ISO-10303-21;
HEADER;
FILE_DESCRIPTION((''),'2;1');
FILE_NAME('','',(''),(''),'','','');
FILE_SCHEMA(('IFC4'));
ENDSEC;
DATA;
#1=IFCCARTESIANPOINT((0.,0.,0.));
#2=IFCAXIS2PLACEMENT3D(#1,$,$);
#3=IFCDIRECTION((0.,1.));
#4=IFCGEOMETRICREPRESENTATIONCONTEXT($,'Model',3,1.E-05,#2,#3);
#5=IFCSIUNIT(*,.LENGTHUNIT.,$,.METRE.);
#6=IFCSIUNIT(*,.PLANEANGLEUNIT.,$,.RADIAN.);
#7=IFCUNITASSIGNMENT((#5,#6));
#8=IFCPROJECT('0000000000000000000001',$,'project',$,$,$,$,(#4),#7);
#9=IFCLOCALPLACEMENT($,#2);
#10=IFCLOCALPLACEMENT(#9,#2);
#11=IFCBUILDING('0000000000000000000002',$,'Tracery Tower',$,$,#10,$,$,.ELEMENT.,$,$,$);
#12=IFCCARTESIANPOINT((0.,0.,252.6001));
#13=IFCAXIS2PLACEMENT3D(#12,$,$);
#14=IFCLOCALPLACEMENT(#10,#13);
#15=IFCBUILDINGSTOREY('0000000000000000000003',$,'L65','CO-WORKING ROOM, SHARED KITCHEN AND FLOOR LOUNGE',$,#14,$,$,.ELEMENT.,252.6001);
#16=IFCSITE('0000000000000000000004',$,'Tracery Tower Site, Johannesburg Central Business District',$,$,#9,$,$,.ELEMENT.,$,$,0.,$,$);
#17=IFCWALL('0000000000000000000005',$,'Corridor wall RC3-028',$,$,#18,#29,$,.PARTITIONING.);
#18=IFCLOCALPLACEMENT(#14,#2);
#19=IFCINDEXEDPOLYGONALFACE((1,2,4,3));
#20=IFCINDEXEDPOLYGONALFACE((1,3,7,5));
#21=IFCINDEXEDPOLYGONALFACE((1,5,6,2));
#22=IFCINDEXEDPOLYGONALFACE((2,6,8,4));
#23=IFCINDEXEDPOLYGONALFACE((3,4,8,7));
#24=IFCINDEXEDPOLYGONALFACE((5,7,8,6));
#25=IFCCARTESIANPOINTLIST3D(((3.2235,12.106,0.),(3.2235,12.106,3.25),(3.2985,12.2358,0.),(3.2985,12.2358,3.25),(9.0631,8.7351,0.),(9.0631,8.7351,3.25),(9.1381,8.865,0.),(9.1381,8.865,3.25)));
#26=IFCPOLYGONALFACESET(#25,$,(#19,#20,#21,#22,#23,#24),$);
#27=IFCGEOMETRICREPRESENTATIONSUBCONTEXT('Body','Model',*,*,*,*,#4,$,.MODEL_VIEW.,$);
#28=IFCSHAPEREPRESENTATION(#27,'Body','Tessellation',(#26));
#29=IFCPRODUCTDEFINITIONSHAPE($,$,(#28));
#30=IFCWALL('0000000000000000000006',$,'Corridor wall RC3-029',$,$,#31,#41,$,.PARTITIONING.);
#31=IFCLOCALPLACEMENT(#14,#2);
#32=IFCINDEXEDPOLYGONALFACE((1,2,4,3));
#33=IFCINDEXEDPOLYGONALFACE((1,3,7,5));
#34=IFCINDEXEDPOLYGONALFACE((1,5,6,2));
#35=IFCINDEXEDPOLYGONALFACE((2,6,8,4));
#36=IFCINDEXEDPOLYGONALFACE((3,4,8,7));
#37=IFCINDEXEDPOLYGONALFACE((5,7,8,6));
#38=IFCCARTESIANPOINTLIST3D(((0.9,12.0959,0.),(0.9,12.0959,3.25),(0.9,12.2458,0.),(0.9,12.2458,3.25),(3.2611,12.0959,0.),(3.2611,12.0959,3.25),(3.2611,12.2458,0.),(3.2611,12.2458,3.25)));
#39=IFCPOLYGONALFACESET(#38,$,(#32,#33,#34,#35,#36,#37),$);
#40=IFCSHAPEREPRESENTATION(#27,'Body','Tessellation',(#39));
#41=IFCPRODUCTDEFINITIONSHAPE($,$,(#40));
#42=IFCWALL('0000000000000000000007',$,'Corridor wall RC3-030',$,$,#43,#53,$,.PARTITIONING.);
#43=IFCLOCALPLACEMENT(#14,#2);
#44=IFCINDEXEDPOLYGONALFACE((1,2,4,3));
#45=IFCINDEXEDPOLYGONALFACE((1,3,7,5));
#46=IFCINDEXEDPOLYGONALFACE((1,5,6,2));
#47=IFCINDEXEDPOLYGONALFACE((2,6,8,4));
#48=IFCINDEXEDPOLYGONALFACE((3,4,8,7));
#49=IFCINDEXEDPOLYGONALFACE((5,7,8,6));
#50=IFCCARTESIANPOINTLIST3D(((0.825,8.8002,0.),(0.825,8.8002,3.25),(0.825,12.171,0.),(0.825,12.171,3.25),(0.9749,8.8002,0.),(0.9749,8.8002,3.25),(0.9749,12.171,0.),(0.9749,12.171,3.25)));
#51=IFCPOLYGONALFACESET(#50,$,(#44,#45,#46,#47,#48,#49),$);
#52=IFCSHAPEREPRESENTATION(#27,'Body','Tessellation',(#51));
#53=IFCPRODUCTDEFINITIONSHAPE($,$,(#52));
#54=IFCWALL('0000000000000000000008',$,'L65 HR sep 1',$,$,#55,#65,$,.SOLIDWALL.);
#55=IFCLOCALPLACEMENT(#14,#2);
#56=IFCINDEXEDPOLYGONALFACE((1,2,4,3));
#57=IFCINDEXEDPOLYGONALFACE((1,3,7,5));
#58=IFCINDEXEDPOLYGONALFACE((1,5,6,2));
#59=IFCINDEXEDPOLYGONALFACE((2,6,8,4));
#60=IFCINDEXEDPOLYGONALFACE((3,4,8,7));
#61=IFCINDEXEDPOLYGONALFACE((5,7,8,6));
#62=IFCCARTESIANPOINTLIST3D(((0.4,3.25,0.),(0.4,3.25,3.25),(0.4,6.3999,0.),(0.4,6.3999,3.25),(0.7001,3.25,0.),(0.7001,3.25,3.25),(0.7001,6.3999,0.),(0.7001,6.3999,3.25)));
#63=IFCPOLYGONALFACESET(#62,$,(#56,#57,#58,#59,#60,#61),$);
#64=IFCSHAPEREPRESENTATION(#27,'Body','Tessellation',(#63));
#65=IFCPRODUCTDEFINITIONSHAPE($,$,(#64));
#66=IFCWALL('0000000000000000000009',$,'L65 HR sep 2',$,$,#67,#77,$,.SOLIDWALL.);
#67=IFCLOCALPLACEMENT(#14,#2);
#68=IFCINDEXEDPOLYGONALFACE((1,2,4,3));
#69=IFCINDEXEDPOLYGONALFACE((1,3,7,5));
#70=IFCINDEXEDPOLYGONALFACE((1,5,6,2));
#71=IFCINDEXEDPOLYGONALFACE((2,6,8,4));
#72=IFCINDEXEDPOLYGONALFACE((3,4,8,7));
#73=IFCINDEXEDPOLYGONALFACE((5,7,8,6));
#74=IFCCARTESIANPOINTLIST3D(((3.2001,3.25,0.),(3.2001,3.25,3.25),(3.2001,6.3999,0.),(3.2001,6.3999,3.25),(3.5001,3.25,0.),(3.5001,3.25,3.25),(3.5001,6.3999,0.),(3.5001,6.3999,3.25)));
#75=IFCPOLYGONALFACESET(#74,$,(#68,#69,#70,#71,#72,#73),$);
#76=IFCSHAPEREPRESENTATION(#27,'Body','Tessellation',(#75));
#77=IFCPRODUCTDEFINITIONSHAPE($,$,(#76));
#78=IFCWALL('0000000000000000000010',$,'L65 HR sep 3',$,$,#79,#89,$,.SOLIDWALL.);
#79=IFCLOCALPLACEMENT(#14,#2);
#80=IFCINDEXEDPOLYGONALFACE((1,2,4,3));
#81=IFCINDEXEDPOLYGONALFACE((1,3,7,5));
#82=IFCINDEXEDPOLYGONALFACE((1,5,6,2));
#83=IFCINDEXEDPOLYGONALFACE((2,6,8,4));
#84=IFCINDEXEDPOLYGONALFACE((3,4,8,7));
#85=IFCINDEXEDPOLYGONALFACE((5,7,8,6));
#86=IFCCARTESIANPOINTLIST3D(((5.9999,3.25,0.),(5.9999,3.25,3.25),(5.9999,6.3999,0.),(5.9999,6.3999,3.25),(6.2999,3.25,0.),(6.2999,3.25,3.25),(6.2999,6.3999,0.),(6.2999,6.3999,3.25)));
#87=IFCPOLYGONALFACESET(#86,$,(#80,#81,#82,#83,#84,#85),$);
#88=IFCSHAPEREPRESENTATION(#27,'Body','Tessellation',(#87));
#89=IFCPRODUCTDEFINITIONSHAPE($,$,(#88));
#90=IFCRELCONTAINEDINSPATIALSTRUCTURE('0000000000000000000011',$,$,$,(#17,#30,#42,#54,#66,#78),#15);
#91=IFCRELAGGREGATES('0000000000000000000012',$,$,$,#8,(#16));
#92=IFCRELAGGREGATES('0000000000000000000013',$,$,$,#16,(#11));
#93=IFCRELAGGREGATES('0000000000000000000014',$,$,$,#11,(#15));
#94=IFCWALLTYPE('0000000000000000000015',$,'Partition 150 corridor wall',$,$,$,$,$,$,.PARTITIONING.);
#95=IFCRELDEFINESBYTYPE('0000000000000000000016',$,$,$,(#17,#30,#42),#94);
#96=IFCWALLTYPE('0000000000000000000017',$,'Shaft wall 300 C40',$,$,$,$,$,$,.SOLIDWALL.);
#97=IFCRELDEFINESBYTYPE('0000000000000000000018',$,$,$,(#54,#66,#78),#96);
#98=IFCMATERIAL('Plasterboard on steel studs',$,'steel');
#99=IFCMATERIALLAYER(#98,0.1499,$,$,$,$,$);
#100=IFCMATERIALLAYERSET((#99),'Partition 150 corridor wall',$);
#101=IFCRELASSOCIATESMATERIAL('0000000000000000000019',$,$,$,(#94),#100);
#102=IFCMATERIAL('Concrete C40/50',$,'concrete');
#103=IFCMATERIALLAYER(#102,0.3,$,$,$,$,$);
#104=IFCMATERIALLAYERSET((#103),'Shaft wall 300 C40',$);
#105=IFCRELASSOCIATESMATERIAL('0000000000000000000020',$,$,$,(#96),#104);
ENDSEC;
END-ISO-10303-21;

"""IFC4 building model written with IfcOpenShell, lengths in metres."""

from ifc_helpers import new_model, si_unit, direction, frame, frame_2d, origin, place, context, subcontext, project, spatial, rectangle, extrude, material, layer, layer_set, type_object, element, save


model = new_model("IFC4")

# Units and contexts
model_context = context("Model", 3, precision=1e-05, world=origin(), true_north=direction((0.0, 1.0)))
body_context = subcontext(model_context, "Body", "Model", "MODEL_VIEW")
ifc_project = project(units=[si_unit("LENGTHUNIT", "METRE"), si_unit("PLANEANGLEUNIT", "RADIAN")], contexts=[model_context])

# Site, building, storey
site_placement = place(None, origin())
site = spatial("IfcSite", under=ifc_project, at=site_placement, Name="Tracery Tower Site, Johannesburg Central Business District", CompositionType="ELEMENT", RefElevation=0.0)
building_placement = place(site_placement, origin())
building = spatial("IfcBuilding", under=site, at=building_placement, Name="Tracery Tower", CompositionType="ELEMENT")
storey_placement = place(building_placement, frame((0.0, 0.0, 252.6001)))
storey = spatial("IfcBuildingStorey", under=building, at=storey_placement, Name="L65", Description="CO-WORKING ROOM, SHARED KITCHEN AND FLOOR LOUNGE", CompositionType="ELEMENT", Elevation=252.6001)

# Shared definitions
ifc_material_1 = material(Name="Plasterboard on steel studs", Category="steel")
ifc_layer_1 = layer(ifc_material_1, 0.1499)
ifc_layer_set_1 = layer_set([ifc_layer_1], Name="Partition 150 corridor wall")
wall_type_1 = type_object("IfcWallType", Name="Partition 150 corridor wall", PredefinedType="PARTITIONING", material=ifc_layer_set_1)

# Walls
wall_1_placement = place(storey_placement, frame((3.261, 12.1709, 0.0), z_axis=(0.0, 0.0, 1.0), x_axis=(0.866067, -0.499928, 0.0)))
element("IfcWall", 1, at=wall_1_placement, inside=storey, type_object=wall_type_1, Name="Corridor wall RC3-028", PredefinedType="PARTITIONING", context=body_context, shape_type="SweptSolid", body=[
    extrude(rectangle(XDim=6.7427, YDim=0.1499, at=frame_2d((3.3713, 0.0))), origin(), (0.0, 0.0, 1.0), 3.25),
])
wall_2_placement = place(storey_placement, frame((0.8999, 12.1709, 0.0), z_axis=(0.0, 0.0, 1.0), x_axis=(1.0, 0.0, 0.0)))
element("IfcWall", 2, at=wall_2_placement, inside=storey, type_object=wall_type_1, Name="Corridor wall RC3-029", PredefinedType="PARTITIONING", context=body_context, shape_type="SweptSolid", body=[
    extrude(rectangle(XDim=2.3611, YDim=0.1499, at=frame_2d((1.1807, 0.0))), origin(), (0.0, 0.0, 1.0), 3.25),
])
wall_3_placement = place(storey_placement, frame((0.8999, 8.8, 0.0), z_axis=(0.0, 0.0, 1.0), x_axis=(0.0, 1.0, 0.0)))
element("IfcWall", 3, at=wall_3_placement, inside=storey, type_object=wall_type_1, Name="Corridor wall RC3-030", PredefinedType="PARTITIONING", context=body_context, shape_type="SweptSolid", body=[
    extrude(rectangle(XDim=3.3708, YDim=0.1499, at=frame_2d((1.6855, 0.0))), origin(), (0.0, 0.0, 1.0), 3.25),
])
ifc_material_2 = material(Name="Concrete C40/50", Category="concrete")
ifc_layer_2 = layer(ifc_material_2, 0.3)
ifc_layer_set_2 = layer_set([ifc_layer_2], Name="Shaft wall 300 C40")
wall_type_2 = type_object("IfcWallType", Name="Shaft wall 300 C40", PredefinedType="SOLIDWALL", material=ifc_layer_set_2)
for number, where, z_axis, x_axis, name in (
    (4, (0.55, 3.25, 0.0), (0.0, 0.0, 1.0), (0.0, 1.0, 0.0), "L65 HR sep 1"),
    (5, (3.3501, 3.25, 0.0), (0.0, 0.0, 1.0), (0.0, 1.0, 0.0), "L65 HR sep 2"),
    (6, (6.1499, 3.25, 0.0), (0.0, 0.0, 1.0), (0.0, 1.0, 0.0), "L65 HR sep 3"),
):
    element("IfcWall", number, at=place(storey_placement, frame(where, z_axis=z_axis, x_axis=x_axis)), inside=storey, type_object=wall_type_2, Name=name, PredefinedType="SOLIDWALL", context=body_context, shape_type="SweptSolid", body=[
        extrude(rectangle(XDim=3.1499, YDim=0.3, at=frame_2d((1.575, 0.0))), origin(), (0.0, 0.0, 1.0), 3.25),
    ])

save(model, "model.ifc")
